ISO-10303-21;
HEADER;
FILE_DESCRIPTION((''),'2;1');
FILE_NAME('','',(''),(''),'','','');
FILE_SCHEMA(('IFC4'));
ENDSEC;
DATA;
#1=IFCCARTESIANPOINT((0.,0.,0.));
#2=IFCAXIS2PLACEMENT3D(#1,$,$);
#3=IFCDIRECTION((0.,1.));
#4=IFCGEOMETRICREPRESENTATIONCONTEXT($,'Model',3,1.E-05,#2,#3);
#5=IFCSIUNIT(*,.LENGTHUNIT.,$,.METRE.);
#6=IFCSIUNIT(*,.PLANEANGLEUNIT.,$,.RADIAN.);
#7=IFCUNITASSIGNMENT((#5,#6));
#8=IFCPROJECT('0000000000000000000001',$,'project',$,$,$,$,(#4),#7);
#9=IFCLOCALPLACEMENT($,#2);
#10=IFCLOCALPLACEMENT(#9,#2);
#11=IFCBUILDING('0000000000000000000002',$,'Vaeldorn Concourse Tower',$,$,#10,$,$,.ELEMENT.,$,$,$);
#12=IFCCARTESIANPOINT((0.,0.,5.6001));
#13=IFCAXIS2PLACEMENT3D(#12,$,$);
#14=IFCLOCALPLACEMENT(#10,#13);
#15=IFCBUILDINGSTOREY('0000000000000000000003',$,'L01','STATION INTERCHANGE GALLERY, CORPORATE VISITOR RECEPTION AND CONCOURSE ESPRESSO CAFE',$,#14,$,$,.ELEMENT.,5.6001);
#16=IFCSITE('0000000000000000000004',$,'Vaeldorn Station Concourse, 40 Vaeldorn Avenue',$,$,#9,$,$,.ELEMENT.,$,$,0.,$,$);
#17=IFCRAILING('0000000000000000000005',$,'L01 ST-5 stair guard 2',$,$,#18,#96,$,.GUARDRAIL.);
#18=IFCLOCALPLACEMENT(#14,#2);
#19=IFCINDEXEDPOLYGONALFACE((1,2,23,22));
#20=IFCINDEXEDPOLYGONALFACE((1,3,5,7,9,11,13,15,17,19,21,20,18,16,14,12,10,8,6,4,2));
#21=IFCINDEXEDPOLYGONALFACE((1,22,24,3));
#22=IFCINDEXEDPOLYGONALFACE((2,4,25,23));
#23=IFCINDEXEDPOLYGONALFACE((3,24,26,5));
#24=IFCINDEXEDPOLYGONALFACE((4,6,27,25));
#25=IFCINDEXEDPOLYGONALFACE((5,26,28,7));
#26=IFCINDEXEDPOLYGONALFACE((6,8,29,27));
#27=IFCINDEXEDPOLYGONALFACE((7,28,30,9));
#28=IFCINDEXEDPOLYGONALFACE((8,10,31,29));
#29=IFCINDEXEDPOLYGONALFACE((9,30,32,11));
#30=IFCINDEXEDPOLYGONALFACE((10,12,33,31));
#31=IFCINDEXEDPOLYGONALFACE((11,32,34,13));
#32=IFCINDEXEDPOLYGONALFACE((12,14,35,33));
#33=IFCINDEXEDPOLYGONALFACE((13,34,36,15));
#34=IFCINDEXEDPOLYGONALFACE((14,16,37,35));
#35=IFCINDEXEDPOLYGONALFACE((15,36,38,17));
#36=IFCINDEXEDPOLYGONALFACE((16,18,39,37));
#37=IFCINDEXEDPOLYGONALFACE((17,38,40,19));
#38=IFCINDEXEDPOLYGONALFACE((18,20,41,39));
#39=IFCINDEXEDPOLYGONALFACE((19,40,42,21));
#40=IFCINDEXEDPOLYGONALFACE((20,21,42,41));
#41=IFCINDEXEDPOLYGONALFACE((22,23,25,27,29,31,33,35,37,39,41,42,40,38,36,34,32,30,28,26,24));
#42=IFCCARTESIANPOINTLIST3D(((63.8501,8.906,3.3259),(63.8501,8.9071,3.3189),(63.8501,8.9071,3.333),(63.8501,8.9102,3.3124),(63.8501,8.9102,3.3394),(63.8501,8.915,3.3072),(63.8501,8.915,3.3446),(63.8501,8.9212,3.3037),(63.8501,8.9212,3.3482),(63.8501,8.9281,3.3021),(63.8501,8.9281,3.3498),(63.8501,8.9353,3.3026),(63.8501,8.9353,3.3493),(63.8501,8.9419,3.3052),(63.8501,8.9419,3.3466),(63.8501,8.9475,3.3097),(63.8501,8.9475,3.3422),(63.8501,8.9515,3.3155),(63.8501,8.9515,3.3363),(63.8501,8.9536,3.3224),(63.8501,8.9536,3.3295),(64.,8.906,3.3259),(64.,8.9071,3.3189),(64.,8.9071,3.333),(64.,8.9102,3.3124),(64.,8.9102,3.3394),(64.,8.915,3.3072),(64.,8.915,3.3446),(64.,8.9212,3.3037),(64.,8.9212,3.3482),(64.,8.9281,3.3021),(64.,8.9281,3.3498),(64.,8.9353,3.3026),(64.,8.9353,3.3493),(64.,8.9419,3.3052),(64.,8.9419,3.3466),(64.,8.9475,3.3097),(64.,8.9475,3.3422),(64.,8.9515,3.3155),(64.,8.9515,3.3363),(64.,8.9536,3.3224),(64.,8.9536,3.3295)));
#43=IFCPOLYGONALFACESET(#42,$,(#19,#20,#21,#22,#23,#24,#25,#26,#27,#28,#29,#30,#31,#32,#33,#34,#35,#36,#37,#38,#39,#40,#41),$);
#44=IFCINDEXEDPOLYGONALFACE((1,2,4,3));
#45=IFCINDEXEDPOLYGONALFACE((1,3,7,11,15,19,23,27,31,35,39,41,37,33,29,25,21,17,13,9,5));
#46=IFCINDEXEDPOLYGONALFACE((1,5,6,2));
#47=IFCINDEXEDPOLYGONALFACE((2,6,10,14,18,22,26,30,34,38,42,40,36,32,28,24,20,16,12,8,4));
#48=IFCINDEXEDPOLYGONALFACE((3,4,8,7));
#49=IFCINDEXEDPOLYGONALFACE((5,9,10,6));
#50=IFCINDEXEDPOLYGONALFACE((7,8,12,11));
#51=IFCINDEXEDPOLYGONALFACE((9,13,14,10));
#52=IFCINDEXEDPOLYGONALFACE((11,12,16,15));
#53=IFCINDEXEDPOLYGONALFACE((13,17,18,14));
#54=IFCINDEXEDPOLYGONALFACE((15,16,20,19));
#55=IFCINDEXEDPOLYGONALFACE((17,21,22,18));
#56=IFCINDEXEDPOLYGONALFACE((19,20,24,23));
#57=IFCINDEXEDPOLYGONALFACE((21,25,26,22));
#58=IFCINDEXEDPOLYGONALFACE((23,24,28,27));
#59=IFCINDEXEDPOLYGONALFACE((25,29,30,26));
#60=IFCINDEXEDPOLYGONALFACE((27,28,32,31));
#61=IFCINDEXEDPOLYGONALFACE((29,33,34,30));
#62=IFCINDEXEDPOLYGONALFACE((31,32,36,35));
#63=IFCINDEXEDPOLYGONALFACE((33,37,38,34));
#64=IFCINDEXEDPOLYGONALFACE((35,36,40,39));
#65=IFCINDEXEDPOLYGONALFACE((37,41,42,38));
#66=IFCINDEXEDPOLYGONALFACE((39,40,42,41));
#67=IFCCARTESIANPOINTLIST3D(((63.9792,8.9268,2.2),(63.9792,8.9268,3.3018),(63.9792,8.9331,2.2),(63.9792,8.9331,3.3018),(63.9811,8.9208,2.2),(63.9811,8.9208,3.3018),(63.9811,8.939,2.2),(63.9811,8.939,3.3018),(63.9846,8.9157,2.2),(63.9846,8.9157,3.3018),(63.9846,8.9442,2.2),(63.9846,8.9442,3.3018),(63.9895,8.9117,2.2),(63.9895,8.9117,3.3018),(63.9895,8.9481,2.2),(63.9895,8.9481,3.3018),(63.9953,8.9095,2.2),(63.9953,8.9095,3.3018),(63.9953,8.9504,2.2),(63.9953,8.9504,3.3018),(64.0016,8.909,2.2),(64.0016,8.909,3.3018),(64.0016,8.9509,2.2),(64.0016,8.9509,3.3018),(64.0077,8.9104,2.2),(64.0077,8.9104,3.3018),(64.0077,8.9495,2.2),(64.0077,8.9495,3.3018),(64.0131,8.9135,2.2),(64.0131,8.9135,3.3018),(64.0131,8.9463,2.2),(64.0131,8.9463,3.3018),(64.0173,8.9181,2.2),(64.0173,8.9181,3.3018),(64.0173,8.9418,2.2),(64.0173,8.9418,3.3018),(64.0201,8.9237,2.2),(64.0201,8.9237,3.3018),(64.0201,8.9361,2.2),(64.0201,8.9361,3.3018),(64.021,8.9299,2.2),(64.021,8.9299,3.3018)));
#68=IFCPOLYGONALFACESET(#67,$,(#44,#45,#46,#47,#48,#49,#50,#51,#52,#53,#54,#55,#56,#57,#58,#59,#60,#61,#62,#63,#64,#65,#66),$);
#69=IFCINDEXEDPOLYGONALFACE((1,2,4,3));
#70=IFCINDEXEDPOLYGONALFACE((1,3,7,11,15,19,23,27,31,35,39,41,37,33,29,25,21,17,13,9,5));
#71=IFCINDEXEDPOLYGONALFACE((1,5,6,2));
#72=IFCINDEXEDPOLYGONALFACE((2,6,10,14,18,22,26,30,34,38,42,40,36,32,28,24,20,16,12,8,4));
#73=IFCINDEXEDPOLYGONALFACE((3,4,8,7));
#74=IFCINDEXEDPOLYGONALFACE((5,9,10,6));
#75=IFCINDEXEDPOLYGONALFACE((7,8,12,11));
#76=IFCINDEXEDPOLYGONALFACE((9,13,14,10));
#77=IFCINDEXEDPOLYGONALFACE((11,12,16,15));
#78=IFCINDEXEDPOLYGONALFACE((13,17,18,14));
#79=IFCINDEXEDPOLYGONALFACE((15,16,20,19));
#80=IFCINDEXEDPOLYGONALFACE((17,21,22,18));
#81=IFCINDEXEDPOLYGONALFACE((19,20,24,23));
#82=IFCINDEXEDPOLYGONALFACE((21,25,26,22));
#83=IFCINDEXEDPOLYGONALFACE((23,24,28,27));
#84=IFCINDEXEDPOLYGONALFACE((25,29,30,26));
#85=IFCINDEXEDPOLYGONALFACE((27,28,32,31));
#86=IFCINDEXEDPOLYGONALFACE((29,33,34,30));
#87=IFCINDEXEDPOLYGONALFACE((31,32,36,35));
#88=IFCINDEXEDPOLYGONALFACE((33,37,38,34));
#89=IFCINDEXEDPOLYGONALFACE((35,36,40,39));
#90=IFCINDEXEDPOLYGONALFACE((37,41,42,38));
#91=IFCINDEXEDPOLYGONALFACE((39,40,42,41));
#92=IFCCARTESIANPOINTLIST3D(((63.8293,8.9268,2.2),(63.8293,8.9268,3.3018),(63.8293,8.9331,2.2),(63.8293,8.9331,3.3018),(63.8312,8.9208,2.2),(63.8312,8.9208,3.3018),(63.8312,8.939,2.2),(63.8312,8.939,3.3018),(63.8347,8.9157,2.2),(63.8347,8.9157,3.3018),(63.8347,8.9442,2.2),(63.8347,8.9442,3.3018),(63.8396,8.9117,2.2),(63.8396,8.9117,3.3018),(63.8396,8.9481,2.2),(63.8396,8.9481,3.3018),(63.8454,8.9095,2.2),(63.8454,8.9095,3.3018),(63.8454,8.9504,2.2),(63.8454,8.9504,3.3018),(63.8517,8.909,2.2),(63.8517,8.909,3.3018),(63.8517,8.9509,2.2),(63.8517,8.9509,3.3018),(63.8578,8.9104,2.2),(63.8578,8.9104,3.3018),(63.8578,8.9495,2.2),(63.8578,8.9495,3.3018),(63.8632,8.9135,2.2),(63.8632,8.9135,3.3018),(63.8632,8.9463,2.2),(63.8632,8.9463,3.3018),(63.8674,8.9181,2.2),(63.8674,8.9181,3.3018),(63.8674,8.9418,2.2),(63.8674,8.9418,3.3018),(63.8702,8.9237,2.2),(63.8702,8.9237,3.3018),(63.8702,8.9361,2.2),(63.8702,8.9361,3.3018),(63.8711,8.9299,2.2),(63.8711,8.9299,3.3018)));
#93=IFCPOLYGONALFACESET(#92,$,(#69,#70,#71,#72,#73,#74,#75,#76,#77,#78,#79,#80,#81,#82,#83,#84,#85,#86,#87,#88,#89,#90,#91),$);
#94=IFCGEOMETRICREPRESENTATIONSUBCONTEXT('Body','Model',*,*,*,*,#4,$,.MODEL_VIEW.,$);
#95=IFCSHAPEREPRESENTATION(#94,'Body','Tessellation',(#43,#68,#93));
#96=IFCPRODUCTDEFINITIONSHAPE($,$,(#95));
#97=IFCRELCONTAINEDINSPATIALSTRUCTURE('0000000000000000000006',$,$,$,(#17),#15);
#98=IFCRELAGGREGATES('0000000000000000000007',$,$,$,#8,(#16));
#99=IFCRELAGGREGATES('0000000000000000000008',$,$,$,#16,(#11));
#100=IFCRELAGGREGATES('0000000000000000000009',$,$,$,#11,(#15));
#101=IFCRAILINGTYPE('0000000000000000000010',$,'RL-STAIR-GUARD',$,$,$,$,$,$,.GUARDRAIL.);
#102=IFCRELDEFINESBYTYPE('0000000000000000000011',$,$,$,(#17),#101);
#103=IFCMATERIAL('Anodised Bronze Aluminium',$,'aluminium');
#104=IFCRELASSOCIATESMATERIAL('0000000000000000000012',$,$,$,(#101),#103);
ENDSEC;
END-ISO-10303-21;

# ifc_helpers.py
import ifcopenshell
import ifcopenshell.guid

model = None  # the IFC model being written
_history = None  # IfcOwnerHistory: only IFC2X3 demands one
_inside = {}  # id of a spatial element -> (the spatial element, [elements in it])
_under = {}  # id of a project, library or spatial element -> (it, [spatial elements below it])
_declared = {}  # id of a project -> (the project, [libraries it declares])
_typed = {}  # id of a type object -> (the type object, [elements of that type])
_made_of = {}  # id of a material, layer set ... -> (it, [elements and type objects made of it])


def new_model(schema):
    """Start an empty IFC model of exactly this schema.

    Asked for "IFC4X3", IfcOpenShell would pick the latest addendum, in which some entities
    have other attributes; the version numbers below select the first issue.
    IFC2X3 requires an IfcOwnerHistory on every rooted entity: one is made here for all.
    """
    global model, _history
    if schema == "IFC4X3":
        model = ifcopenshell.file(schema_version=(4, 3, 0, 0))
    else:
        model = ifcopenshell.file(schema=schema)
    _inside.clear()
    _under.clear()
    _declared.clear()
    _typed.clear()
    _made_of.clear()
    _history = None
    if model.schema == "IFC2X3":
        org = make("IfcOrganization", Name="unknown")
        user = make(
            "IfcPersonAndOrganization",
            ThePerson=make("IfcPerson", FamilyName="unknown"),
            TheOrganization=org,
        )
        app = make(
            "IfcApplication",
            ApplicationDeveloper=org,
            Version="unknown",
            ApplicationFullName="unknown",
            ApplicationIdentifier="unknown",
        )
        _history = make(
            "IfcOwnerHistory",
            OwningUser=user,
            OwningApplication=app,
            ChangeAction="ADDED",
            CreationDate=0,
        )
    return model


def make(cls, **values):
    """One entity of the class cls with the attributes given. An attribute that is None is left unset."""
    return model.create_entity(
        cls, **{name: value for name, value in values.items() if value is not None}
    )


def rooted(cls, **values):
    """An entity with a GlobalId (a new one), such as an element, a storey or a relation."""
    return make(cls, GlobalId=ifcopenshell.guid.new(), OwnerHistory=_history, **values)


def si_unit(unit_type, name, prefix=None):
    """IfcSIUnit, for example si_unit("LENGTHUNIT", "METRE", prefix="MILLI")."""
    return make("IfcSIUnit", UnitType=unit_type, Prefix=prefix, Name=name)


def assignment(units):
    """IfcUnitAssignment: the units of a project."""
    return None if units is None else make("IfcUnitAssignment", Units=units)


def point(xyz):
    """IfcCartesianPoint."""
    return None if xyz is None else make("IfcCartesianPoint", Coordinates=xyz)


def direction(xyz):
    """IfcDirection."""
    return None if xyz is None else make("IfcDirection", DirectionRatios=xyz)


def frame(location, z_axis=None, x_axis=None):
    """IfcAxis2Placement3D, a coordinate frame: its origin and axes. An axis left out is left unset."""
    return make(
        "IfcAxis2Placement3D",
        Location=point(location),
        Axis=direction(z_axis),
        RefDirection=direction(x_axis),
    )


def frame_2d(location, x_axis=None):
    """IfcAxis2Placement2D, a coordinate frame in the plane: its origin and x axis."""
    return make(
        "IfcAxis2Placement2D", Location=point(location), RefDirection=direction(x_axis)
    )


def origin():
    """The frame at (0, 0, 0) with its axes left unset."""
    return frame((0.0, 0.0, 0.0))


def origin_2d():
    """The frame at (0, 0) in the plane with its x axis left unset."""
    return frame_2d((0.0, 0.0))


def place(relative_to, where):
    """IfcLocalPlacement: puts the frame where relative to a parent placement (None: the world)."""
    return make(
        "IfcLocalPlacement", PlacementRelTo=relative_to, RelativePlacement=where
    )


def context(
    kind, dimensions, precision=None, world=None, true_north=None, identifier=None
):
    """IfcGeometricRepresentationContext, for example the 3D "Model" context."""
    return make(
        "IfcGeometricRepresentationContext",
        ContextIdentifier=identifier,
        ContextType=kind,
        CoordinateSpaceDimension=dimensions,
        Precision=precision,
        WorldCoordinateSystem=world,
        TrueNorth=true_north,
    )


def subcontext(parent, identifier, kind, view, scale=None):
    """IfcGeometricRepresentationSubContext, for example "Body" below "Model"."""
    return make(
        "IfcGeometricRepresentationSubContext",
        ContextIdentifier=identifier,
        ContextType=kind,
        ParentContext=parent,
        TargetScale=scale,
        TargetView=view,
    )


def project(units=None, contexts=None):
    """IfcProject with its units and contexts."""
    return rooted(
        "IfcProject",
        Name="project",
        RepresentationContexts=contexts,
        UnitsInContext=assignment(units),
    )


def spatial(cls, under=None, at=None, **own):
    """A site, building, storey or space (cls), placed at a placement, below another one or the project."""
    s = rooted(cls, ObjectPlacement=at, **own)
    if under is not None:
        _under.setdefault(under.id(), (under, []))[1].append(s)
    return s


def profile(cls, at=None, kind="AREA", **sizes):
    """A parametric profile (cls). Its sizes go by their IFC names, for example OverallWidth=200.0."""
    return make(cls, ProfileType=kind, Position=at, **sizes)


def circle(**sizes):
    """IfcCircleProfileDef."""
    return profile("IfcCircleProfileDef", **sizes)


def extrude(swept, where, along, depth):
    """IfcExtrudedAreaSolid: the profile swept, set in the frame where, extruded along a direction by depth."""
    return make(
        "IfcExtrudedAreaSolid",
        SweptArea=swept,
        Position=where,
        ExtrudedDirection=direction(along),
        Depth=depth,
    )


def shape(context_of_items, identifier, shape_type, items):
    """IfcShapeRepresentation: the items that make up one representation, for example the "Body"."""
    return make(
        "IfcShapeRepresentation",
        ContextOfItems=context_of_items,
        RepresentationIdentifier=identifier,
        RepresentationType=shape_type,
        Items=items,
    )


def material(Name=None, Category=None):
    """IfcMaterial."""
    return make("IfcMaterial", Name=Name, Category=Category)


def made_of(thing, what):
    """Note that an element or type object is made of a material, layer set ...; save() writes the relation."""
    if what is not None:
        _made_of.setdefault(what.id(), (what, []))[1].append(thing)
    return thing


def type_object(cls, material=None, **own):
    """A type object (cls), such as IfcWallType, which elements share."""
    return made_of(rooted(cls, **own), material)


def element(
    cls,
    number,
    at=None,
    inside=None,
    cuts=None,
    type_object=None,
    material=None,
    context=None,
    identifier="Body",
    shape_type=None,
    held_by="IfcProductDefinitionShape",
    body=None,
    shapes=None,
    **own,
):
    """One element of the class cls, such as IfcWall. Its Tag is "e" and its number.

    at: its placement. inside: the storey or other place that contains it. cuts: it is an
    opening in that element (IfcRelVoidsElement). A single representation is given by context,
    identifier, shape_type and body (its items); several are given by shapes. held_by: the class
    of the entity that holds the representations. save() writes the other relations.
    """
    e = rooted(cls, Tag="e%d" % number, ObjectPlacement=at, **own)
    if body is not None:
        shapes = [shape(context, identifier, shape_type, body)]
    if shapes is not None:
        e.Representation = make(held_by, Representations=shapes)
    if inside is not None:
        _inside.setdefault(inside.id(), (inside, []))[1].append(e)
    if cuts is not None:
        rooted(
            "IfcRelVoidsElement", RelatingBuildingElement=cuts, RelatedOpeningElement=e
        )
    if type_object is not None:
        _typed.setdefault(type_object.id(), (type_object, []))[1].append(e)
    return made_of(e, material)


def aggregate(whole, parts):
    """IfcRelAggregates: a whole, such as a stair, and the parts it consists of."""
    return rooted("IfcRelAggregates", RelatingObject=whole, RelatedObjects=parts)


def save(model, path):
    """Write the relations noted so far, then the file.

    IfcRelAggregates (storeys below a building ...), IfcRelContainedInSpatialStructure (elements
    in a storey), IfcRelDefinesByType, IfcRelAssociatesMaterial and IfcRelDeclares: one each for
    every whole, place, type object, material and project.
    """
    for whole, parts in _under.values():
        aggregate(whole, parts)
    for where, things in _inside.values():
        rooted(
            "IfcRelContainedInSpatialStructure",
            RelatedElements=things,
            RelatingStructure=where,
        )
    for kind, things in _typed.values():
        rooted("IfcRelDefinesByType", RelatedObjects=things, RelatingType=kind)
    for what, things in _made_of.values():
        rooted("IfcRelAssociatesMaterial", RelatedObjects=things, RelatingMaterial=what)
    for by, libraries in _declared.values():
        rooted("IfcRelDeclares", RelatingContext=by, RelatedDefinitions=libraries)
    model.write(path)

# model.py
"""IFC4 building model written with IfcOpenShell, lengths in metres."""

from ifc_helpers import new_model, si_unit, direction, frame, origin, origin_2d, place, context, subcontext, project, spatial, circle, extrude, material, type_object, element, save


model = new_model("IFC4")

# Units and contexts
model_context = context("Model", 3, precision=1e-05, world=origin(), true_north=direction((0.0, 1.0)))
body_context = subcontext(model_context, "Body", "Model", "MODEL_VIEW")
ifc_project = project(units=[si_unit("LENGTHUNIT", "METRE"), si_unit("PLANEANGLEUNIT", "RADIAN")], contexts=[model_context])

# Site, building, storey
site_placement = place(None, origin())
site = spatial("IfcSite", under=ifc_project, at=site_placement, Name="Vaeldorn Station Concourse, 40 Vaeldorn Avenue", CompositionType="ELEMENT", RefElevation=0.0)
building_placement = place(site_placement, origin())
building = spatial("IfcBuilding", under=site, at=building_placement, Name="Vaeldorn Concourse Tower", CompositionType="ELEMENT")
storey_placement = place(building_placement, frame((0.0, 0.0, 5.6001)))
storey = spatial("IfcBuildingStorey", under=building, at=storey_placement, Name="L01", Description="STATION INTERCHANGE GALLERY, CORPORATE VISITOR RECEPTION AND CONCOURSE ESPRESSO CAFE", CompositionType="ELEMENT", Elevation=5.6001)

# Shared definitions
ifc_material_1 = material(Name="Anodised Bronze Aluminium", Category="aluminium")

# Railing
railing_type_1 = type_object("IfcRailingType", Name="RL-STAIR-GUARD", PredefinedType="GUARDRAIL", material=ifc_material_1)
railing_1_placement = place(storey_placement, frame((64.0, 8.9299, 2.2)))
element("IfcRailing", 1, at=railing_1_placement, inside=storey, type_object=railing_type_1, Name="L01 ST-5 stair guard 2", PredefinedType="GUARDRAIL", context=body_context, shape_type="SweptSolid", body=[
    extrude(circle(Radius=0.0239, at=origin_2d()), frame((0.0, 0.0, 1.126), z_axis=(-1.0, 0.0, 0.0), x_axis=(0.0, -1.0, 0.0)), (0.0, 0.0, 1.0), 0.1499),
    extrude(circle(Radius=0.021, at=origin_2d()), origin(), (0.0, 0.0, 1.0), 1.1018),
    extrude(circle(Radius=0.021, at=origin_2d()), frame((-0.1499, 0.0, 0.0)), (0.0, 0.0, 1.0), 1.1018),
])

save(model, "model.ifc")
